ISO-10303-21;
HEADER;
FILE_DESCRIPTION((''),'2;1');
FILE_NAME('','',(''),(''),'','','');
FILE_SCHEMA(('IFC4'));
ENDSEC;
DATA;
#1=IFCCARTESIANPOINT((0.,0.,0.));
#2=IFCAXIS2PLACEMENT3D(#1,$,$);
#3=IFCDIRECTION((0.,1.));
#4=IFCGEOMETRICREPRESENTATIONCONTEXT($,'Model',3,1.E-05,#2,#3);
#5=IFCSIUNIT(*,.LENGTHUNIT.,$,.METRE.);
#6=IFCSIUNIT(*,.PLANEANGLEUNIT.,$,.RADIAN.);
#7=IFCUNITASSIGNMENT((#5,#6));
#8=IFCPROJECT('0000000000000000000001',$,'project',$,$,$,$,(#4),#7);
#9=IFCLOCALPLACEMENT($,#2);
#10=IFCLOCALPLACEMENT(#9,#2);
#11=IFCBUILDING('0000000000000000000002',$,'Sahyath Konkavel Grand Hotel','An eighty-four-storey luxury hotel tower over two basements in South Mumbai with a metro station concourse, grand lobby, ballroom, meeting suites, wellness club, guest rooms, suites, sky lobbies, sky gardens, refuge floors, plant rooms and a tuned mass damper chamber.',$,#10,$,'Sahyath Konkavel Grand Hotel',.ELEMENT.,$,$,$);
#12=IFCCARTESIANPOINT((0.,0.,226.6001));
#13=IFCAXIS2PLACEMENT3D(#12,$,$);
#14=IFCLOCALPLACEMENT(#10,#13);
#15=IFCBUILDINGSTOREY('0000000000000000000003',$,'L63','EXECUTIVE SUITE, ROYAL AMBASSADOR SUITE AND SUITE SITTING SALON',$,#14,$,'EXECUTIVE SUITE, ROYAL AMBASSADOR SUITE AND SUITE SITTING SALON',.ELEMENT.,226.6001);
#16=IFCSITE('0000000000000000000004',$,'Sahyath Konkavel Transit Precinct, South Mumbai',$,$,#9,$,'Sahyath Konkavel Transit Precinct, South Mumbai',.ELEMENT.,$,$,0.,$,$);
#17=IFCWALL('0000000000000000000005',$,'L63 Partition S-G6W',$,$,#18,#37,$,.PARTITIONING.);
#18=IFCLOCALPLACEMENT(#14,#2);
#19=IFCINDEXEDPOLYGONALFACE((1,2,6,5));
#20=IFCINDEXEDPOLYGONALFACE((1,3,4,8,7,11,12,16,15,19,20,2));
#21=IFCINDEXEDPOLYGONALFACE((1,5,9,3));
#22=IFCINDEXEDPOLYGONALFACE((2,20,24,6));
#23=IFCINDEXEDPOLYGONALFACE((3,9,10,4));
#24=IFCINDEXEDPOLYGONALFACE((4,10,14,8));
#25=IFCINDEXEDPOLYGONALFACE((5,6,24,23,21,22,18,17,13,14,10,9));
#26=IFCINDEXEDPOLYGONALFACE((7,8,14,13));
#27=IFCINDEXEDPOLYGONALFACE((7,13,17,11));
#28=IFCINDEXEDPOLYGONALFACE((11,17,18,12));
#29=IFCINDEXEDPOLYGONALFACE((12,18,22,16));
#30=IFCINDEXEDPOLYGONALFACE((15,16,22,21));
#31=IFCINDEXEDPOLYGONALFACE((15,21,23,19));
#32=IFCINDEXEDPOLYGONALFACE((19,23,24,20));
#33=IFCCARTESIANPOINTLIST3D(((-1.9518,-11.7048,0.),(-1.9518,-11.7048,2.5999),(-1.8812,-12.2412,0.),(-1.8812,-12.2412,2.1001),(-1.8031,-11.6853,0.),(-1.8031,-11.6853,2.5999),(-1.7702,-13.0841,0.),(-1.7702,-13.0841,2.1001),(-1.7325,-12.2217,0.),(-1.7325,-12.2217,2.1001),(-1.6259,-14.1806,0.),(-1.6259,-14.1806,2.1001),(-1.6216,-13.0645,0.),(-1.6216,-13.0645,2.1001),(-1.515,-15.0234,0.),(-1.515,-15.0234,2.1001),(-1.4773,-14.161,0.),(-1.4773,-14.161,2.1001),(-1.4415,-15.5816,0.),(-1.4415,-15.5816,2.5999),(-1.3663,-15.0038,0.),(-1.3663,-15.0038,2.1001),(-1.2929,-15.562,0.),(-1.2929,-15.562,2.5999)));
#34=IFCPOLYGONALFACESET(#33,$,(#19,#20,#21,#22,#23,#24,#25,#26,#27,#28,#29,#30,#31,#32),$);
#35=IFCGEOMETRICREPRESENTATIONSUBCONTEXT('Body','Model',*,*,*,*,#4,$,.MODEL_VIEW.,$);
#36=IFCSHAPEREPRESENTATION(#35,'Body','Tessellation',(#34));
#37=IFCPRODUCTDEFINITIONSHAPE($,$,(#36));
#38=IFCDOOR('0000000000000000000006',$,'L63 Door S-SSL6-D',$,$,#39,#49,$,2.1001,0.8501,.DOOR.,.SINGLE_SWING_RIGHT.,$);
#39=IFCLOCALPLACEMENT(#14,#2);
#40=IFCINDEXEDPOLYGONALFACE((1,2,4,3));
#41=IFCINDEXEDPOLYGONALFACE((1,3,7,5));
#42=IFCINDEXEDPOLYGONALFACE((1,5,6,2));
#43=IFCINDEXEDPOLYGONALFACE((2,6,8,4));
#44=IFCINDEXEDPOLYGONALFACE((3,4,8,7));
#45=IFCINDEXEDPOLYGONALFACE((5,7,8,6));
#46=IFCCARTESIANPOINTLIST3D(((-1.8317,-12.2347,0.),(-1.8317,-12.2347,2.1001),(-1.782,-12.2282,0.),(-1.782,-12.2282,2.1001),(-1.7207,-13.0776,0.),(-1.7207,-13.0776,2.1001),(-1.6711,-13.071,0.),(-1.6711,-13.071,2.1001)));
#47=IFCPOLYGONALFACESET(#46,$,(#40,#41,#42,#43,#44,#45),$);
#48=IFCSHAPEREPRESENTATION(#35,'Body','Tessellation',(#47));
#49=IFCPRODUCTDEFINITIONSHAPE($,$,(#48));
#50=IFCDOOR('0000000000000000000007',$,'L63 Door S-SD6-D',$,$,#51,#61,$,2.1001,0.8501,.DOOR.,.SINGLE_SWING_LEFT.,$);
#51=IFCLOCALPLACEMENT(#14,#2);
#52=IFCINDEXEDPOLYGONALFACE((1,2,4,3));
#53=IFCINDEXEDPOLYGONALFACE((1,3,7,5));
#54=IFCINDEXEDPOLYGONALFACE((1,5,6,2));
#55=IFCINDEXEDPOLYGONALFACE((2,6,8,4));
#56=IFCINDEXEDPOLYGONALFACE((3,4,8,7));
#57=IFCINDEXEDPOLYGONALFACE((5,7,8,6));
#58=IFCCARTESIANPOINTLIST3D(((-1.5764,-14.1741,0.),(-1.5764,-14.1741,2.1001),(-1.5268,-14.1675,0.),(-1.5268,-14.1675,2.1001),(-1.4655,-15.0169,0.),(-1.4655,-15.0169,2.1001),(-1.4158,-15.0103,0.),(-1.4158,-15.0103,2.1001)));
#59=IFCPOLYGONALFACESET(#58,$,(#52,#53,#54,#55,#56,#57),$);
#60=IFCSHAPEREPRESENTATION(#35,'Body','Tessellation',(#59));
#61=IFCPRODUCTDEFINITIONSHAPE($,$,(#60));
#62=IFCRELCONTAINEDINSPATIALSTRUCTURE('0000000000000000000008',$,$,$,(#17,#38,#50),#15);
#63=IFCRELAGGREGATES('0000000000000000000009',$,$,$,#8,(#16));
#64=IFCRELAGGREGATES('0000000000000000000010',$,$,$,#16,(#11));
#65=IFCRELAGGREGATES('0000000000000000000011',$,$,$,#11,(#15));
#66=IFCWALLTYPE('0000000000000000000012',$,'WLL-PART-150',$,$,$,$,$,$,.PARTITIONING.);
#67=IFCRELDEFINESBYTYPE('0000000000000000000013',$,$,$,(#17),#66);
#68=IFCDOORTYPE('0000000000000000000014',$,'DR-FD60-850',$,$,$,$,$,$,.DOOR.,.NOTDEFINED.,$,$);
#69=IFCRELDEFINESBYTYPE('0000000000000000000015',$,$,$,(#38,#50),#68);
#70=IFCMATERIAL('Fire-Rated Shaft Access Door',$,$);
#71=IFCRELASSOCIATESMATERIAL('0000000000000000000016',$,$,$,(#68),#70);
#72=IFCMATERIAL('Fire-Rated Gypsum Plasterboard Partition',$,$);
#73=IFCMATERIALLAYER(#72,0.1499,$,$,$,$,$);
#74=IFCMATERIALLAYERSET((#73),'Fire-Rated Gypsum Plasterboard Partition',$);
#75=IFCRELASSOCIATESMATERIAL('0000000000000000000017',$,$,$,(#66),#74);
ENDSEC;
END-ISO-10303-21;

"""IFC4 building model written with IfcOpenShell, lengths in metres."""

from ifc_helpers import new_model, si_unit, direction, frame, frame_2d, origin, origin_2d, place, context, subcontext, project, spatial, rectangle, extrude, source, transform, mapped, material, layer, layer_set, type_object, element, fill, save


model = new_model("IFC4")

# Units and contexts
model_context = context("Model", 3, precision=1e-05, world=origin(), true_north=direction((0.0, 1.0)))
body_context = subcontext(model_context, "Body", "Model", "MODEL_VIEW")
ifc_project = project(units=[si_unit("LENGTHUNIT", "METRE"), si_unit("PLANEANGLEUNIT", "RADIAN")], contexts=[model_context])

# Site, building, storey
site_placement = place(None, origin())
site = spatial("IfcSite", under=ifc_project, at=site_placement, Name="Sahyath Konkavel Transit Precinct, South Mumbai", LongName="Sahyath Konkavel Transit Precinct, South Mumbai", CompositionType="ELEMENT", RefElevation=0.0)
building_placement = place(site_placement, origin())
building = spatial("IfcBuilding", under=site, at=building_placement, Name="Sahyath Konkavel Grand Hotel", Description="An eighty-four-storey luxury hotel tower over two basements in South Mumbai with a metro station concourse, grand lobby, ballroom, meeting suites, wellness club, guest rooms, suites, sky lobbies, sky gardens, refuge floors, plant rooms and a tuned mass damper chamber.", LongName="Sahyath Konkavel Grand Hotel", CompositionType="ELEMENT")
storey_placement = place(building_placement, frame((0.0, 0.0, 226.6001)))
storey = spatial("IfcBuildingStorey", under=building, at=storey_placement, Name="L63", Description="EXECUTIVE SUITE, ROYAL AMBASSADOR SUITE AND SUITE SITTING SALON", LongName="EXECUTIVE SUITE, ROYAL AMBASSADOR SUITE AND SUITE SITTING SALON", CompositionType="ELEMENT", Elevation=226.6001)

# Shared definitions
shared_shape_1 = source(origin(), body_context, "Body", "SweptSolid", [
    extrude(rectangle(XDim=0.8501, YDim=0.05, at=origin_2d()), origin(), (0.0, 0.0, 1.0), 2.1001),
])

# Shared definitions
ifc_material_1 = material(Name="Fire-Rated Shaft Access Door")
door_type_1 = type_object("IfcDoorType", Name="DR-FD60-850", OperationType="NOTDEFINED", PredefinedType="DOOR", material=ifc_material_1)

# Wall, openings, doors
ifc_material_2 = material(Name="Fire-Rated Gypsum Plasterboard Partition")
ifc_layer_1 = layer(ifc_material_2, 0.1499)
ifc_layer_set_1 = layer_set([ifc_layer_1], Name="Fire-Rated Gypsum Plasterboard Partition")
wall_type_1 = type_object("IfcWallType", Name="WLL-PART-150", PredefinedType="PARTITIONING", material=ifc_layer_set_1)
wall_1_placement = place(storey_placement, frame((-1.8774, -11.6951, 0.0), z_axis=(0.0, 0.0, 1.0), x_axis=(0.130495, -0.991449, 0.0)))
wall_1 = element("IfcWall", 1, at=wall_1_placement, inside=storey, type_object=wall_type_1, Name="L63 Partition S-G6W", PredefinedType="PARTITIONING", context=body_context, shape_type="SweptSolid", body=[
    extrude(rectangle(XDim=3.9102, YDim=0.1499, at=frame_2d((1.9551, 0.0))), origin(), (0.0, 0.0, 1.0), 2.5999),
])
opening_1_placement = place(wall_1_placement, frame((0.541, 0.0, 0.0)))
opening_1 = element("IfcOpeningElement", 2, at=opening_1_placement, cuts=wall_1, PredefinedType="OPENING", context=body_context, shape_type="SweptSolid", body=[
    extrude(rectangle(XDim=0.8501, YDim=2.1001, at=frame_2d((0.425, 1.05))), frame((0.0, 0.085, 0.0), z_axis=(0.0, -1.0, 0.0), x_axis=(1.0, 0.0, 0.0)), (0.0, 0.0, 1.0), 0.1699),
])
opening_2_placement = place(wall_1_placement, frame((2.4971, 0.0, 0.0)))
opening_2 = element("IfcOpeningElement", 3, at=opening_2_placement, cuts=wall_1, PredefinedType="OPENING", context=body_context, shape_type="SweptSolid", body=[
    extrude(rectangle(XDim=0.8501, YDim=2.1001, at=frame_2d((0.425, 1.05))), frame((0.0, 0.085, 0.0), z_axis=(0.0, -1.0, 0.0), x_axis=(1.0, 0.0, 0.0)), (0.0, 0.0, 1.0), 0.1699),
])
door_1_placement = place(opening_1_placement, frame((0.425, 0.0, 0.0)))
door_1 = element("IfcDoor", 4, at=door_1_placement, inside=storey, type_object=door_type_1, Name="L63 Door S-SSL6-D", OperationType="SINGLE_SWING_RIGHT", OverallHeight=2.1001, OverallWidth=0.8501, PredefinedType="DOOR", context=body_context, shape_type="MappedRepresentation", body=[
    mapped(shared_shape_1, transform((0.0, 0.0, 0.0), scale=1.0)),
])
fill(opening_1, door_1)
door_2_placement = place(opening_2_placement, frame((0.425, 0.0, 0.0)))
door_2 = element("IfcDoor", 5, at=door_2_placement, inside=storey, type_object=door_type_1, Name="L63 Door S-SD6-D", OperationType="SINGLE_SWING_LEFT", OverallHeight=2.1001, OverallWidth=0.8501, PredefinedType="DOOR", context=body_context, shape_type="MappedRepresentation", body=[
    mapped(shared_shape_1, transform((0.0, 0.0, 0.0), scale=1.0)),
])
fill(opening_2, door_2)

save(model, "model.ifc")
